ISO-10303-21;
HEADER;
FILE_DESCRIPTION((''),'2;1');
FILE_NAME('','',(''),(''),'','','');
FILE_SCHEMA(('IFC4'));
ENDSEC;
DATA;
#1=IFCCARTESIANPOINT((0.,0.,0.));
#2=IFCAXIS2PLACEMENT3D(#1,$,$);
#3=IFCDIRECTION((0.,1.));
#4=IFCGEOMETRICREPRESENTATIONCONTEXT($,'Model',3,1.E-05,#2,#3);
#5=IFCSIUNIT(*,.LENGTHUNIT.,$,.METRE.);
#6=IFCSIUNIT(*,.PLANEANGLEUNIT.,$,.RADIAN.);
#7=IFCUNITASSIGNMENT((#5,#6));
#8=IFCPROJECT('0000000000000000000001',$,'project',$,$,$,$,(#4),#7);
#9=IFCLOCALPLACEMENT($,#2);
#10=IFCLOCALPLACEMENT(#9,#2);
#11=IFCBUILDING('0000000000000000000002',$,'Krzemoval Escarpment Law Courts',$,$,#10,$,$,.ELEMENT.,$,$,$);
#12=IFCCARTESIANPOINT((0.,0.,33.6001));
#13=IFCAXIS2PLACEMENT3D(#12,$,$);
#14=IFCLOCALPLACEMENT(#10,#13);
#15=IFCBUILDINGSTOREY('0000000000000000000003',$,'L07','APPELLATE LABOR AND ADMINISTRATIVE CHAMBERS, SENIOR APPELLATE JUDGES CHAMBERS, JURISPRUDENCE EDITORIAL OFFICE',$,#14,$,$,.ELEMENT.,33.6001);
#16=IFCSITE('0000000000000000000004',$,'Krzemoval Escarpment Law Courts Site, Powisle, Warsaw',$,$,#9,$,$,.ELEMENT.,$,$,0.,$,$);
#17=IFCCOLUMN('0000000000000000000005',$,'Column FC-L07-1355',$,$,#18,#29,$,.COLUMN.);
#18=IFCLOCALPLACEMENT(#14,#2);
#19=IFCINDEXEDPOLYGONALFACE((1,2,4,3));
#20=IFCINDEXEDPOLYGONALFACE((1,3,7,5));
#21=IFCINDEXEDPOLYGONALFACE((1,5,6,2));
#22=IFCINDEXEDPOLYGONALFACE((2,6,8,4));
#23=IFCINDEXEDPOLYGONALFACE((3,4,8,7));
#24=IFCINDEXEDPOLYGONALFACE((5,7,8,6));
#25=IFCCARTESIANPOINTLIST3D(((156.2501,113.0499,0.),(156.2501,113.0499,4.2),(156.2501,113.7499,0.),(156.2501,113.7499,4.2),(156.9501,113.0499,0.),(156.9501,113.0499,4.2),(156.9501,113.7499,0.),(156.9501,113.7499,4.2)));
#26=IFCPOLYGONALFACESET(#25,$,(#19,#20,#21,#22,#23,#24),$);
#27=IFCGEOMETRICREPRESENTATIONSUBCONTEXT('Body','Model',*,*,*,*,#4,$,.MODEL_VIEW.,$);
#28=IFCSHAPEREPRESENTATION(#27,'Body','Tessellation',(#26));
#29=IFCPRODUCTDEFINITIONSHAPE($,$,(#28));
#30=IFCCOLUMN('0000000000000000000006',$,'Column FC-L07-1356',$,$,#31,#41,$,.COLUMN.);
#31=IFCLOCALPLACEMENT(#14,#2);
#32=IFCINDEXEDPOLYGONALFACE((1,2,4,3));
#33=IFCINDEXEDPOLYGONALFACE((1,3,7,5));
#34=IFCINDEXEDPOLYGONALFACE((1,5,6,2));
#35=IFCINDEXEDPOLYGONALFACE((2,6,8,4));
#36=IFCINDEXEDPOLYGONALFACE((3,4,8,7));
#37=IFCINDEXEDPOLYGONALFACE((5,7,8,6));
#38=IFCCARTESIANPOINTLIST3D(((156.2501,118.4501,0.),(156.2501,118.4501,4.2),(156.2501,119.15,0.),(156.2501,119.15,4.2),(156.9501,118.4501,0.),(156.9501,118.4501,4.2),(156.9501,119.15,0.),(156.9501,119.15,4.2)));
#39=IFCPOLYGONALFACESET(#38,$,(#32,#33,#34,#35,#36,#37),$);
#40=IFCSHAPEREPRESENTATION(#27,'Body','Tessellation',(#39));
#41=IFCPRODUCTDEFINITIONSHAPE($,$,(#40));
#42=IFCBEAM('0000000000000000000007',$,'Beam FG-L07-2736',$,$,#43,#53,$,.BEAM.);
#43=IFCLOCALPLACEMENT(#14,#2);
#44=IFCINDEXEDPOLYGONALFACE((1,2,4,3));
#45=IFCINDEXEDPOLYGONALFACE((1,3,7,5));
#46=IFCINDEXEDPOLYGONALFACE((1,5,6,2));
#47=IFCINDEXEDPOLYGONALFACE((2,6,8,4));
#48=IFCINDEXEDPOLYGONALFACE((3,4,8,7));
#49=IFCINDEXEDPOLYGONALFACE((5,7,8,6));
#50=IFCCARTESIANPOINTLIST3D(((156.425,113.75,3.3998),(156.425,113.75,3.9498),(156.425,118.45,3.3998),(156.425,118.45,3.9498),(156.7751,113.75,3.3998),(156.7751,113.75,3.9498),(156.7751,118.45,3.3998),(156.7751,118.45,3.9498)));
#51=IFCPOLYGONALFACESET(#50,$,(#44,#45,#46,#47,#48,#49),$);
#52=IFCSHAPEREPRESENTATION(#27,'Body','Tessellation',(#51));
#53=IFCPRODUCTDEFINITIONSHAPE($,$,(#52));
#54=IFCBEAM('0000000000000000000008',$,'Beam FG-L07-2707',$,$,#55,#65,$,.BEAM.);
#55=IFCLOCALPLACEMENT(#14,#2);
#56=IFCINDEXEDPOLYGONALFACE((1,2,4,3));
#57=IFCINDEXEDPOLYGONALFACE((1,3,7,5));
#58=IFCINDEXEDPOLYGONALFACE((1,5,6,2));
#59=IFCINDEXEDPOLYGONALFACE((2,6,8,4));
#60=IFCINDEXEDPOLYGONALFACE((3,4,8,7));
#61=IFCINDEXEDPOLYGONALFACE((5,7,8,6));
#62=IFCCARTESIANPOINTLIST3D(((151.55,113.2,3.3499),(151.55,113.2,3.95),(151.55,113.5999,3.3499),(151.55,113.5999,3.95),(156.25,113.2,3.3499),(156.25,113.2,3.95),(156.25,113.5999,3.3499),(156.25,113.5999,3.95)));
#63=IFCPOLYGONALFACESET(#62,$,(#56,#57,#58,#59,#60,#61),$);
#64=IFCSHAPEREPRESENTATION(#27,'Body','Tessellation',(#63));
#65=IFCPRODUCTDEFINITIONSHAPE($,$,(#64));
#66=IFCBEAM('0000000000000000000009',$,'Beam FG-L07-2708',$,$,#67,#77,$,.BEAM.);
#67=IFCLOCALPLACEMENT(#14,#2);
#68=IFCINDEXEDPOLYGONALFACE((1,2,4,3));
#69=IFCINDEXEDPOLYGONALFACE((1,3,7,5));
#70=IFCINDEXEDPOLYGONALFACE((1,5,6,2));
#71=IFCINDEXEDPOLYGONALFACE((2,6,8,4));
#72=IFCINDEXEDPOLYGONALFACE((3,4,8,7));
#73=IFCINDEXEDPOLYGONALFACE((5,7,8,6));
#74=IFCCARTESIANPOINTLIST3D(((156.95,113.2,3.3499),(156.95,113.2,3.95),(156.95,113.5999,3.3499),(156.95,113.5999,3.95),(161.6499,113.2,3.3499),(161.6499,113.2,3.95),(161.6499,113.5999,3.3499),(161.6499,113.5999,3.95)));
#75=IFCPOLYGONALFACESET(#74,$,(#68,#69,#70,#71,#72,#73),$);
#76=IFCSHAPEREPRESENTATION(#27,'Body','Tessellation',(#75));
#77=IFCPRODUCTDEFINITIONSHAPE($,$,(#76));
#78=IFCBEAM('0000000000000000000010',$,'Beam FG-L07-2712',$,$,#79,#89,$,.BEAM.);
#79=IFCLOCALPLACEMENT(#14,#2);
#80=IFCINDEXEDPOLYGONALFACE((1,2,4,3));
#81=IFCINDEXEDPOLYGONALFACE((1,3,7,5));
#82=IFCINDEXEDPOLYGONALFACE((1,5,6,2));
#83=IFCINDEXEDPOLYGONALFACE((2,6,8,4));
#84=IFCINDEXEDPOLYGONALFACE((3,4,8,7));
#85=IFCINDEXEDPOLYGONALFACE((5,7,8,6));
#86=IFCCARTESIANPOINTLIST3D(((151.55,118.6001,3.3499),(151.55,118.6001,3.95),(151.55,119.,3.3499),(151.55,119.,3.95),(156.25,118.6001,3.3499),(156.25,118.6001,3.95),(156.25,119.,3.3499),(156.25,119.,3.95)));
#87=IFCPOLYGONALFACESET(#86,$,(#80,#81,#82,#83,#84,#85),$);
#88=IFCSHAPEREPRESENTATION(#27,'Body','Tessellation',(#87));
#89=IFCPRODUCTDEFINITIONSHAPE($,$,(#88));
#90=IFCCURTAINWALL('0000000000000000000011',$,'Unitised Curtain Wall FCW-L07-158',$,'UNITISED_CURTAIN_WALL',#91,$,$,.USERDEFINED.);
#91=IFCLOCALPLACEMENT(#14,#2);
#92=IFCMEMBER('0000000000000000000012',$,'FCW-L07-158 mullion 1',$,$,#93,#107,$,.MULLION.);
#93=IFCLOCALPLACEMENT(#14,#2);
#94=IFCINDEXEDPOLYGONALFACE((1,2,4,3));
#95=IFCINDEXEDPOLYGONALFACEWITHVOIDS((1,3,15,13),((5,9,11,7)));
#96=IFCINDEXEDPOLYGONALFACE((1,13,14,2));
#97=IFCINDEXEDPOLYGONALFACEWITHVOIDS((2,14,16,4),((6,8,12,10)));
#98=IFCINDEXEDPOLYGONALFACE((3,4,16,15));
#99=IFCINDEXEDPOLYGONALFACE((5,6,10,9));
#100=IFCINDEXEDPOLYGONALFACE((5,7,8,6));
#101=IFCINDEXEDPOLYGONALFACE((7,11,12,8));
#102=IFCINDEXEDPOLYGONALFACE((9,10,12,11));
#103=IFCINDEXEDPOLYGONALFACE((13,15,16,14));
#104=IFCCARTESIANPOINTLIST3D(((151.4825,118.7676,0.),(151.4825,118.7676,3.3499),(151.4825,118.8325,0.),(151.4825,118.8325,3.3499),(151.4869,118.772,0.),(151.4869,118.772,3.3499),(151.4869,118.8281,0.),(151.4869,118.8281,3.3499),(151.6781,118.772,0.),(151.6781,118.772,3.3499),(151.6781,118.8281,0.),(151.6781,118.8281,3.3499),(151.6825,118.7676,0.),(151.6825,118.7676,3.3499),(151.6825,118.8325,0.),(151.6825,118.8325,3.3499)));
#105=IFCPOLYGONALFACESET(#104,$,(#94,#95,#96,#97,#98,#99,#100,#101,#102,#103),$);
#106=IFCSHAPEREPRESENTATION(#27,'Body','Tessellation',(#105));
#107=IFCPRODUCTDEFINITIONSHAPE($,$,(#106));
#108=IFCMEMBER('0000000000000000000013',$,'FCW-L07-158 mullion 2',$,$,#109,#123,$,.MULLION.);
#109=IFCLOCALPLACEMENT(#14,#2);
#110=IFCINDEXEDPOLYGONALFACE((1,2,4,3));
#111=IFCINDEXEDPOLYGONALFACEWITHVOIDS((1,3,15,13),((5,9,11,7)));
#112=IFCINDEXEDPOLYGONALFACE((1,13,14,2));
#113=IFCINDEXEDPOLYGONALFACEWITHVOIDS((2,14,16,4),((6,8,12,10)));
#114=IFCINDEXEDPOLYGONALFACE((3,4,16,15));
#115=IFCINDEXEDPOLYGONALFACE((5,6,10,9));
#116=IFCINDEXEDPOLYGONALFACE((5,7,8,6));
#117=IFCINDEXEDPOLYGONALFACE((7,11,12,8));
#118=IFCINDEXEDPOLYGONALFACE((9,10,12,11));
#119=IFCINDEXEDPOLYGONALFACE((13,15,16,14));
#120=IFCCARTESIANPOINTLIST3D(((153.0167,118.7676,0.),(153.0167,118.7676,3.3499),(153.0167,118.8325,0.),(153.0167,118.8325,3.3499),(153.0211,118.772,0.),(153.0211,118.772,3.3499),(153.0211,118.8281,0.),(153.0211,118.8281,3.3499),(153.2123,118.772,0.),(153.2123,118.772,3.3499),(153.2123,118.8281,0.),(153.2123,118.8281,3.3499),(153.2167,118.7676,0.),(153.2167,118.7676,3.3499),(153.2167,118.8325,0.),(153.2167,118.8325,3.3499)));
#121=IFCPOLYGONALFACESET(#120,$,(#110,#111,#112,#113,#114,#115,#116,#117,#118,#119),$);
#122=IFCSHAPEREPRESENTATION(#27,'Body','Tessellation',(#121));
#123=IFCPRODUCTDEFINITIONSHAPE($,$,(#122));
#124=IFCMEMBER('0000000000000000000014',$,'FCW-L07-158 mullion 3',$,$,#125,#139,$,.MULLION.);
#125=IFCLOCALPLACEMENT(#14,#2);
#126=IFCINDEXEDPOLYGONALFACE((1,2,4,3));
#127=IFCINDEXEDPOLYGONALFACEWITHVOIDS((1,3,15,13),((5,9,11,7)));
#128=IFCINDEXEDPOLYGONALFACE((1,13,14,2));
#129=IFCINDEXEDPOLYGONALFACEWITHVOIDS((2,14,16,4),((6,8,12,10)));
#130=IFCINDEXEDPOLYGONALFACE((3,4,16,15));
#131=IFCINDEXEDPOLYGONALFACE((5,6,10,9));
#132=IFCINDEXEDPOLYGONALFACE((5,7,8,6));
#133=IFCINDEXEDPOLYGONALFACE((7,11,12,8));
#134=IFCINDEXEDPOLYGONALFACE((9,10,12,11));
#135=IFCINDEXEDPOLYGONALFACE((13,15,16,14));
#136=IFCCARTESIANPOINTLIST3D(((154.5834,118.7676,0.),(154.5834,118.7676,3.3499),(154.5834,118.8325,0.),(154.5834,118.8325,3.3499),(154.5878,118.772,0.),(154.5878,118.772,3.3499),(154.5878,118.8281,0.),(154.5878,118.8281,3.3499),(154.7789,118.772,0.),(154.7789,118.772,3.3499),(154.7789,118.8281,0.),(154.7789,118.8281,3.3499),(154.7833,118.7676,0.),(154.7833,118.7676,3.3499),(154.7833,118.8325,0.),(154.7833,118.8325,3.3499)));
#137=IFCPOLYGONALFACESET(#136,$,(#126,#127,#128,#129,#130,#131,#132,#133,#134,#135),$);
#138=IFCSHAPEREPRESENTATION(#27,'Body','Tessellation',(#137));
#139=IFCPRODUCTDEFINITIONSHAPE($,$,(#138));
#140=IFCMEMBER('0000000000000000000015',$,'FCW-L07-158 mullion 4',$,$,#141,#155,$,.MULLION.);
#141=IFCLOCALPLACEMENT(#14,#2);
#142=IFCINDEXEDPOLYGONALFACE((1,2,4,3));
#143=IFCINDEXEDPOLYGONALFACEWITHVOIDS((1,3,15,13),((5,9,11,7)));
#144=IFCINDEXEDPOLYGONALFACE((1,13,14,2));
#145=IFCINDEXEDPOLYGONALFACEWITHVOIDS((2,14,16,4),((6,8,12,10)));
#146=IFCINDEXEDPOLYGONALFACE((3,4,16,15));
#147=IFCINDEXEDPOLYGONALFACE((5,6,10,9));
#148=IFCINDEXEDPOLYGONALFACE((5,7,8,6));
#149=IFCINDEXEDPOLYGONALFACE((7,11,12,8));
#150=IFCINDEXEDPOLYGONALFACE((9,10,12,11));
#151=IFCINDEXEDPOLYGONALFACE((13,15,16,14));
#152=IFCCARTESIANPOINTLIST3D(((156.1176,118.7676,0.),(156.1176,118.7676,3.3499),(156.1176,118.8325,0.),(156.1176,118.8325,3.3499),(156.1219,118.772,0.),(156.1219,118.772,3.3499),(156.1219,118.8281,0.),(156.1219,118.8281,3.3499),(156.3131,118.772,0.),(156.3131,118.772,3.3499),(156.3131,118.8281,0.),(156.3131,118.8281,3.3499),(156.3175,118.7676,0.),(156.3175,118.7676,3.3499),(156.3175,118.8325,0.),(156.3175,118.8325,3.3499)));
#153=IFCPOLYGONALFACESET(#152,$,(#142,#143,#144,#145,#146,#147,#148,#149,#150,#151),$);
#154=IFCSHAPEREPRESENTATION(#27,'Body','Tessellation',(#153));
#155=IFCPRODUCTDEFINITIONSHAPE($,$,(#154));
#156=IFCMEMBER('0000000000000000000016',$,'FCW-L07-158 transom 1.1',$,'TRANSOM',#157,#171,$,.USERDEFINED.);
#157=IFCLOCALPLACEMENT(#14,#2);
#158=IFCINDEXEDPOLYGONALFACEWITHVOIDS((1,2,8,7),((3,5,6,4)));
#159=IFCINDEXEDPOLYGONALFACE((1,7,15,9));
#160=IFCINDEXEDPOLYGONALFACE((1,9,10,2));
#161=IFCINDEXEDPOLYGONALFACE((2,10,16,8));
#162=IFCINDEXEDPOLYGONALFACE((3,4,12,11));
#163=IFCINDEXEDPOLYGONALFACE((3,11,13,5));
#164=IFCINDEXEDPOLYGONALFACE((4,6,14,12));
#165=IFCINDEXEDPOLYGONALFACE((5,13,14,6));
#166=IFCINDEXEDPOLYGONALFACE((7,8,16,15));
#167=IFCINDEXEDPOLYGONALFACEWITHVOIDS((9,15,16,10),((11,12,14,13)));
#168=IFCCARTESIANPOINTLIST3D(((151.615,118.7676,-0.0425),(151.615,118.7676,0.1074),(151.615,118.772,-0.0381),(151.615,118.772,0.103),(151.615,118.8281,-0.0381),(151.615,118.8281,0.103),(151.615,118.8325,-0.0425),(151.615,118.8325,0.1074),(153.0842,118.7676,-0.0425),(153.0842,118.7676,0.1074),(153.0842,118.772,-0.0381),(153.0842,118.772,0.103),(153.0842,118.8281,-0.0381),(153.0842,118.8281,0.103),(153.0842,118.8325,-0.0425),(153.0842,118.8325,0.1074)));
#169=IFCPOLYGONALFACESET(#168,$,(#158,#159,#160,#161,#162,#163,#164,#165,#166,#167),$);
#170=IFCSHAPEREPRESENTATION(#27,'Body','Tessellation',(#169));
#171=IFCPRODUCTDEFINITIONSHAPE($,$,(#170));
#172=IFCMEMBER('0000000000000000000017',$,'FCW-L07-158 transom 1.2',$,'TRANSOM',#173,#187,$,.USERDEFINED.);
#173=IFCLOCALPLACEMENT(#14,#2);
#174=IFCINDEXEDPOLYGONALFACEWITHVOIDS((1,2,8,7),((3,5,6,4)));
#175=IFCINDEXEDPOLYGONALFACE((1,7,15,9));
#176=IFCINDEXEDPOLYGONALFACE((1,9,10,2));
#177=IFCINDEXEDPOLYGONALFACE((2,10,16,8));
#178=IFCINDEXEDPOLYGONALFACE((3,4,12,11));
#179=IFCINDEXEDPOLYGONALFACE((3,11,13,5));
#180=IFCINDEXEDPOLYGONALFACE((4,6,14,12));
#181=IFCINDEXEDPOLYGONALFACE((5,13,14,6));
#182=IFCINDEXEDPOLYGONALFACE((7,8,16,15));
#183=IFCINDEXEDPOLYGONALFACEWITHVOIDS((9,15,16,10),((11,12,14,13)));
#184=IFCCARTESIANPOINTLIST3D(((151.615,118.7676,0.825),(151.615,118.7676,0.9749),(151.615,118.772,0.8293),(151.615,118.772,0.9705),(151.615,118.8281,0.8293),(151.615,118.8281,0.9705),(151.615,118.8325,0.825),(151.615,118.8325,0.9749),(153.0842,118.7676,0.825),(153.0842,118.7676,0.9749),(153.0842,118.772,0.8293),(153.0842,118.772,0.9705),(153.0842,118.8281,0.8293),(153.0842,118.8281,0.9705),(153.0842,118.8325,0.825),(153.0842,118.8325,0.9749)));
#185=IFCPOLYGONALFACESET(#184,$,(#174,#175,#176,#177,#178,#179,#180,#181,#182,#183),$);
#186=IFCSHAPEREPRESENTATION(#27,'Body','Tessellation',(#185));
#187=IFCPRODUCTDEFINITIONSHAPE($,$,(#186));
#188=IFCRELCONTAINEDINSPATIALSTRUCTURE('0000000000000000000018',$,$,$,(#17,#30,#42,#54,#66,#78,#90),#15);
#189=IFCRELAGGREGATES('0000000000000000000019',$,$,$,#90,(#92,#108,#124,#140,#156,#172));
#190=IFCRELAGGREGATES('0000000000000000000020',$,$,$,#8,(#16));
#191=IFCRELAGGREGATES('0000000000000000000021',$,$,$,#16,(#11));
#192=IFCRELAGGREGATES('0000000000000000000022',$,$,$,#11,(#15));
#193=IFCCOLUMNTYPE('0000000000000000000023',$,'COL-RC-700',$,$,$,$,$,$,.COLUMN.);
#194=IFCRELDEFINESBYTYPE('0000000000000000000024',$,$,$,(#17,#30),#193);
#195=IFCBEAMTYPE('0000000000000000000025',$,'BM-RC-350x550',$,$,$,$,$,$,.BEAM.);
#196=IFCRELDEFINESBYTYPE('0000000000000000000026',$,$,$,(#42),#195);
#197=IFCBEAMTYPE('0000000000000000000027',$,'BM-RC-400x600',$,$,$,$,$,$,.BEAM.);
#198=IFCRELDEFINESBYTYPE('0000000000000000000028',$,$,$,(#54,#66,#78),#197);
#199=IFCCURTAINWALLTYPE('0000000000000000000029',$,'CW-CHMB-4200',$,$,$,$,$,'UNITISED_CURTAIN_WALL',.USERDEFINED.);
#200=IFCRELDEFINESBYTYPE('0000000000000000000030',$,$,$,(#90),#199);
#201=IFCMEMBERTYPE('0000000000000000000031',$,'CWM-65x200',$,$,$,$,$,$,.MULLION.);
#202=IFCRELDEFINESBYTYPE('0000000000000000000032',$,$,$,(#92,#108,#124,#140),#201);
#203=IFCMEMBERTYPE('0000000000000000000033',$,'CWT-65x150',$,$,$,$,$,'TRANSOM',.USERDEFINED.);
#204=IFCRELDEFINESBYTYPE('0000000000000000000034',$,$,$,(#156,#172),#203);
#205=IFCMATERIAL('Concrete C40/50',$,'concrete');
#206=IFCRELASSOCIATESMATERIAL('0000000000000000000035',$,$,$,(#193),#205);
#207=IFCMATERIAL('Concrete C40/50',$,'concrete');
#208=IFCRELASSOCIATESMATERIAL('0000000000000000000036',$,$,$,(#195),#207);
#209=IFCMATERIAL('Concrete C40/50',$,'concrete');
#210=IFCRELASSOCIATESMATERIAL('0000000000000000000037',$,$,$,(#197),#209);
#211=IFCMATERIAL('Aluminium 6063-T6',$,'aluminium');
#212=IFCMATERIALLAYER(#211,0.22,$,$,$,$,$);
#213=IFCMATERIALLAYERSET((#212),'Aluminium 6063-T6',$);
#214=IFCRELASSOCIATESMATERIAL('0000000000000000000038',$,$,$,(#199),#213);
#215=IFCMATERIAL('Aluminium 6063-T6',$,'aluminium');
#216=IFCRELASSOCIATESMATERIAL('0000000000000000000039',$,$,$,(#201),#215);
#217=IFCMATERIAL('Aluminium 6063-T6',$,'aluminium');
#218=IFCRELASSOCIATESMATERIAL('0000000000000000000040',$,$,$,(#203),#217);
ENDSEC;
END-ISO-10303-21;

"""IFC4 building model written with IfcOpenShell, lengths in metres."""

from ifc_helpers import new_model, si_unit, direction, frame, origin, origin_2d, place, context, subcontext, project, spatial, rectangle, hollow_rectangle, extrude, material, layer, layer_set, material_profile, profile_set, type_object, element, aggregate, save


model = new_model("IFC4")

# Units and contexts
model_context = context("Model", 3, precision=1e-05, world=origin(), true_north=direction((0.0, 1.0)))
body_context = subcontext(model_context, "Body", "Model", "MODEL_VIEW")
ifc_project = project(units=[si_unit("LENGTHUNIT", "METRE"), si_unit("PLANEANGLEUNIT", "RADIAN")], contexts=[model_context])

# Site, building, storey
site_placement = place(None, origin())
site = spatial("IfcSite", under=ifc_project, at=site_placement, Name="Krzemoval Escarpment Law Courts Site, Powisle, Warsaw", CompositionType="ELEMENT", RefElevation=0.0)
building_placement = place(site_placement, origin())
building = spatial("IfcBuilding", under=site, at=building_placement, Name="Krzemoval Escarpment Law Courts", CompositionType="ELEMENT")
storey_placement = place(building_placement, frame((0.0, 0.0, 33.6001)))
storey = spatial("IfcBuildingStorey", under=building, at=storey_placement, Name="L07", Description="APPELLATE LABOR AND ADMINISTRATIVE CHAMBERS, SENIOR APPELLATE JUDGES CHAMBERS, JURISPRUDENCE EDITORIAL OFFICE", CompositionType="ELEMENT", Elevation=33.6001)

# Columns
ifc_material_1 = material(Name="Concrete C40/50", Category="concrete")
ifc_material_profile_1 = material_profile(ifc_material_1, rectangle(XDim=0.7, YDim=0.7, at=origin_2d()), Name="RC 700x700")
ifc_profile_set_1 = profile_set([ifc_material_profile_1], Name="Concrete C40/50")
column_type = type_object("IfcColumnType", Name="COL-RC-700", PredefinedType="COLUMN", material=ifc_profile_set_1)
for number, where, z_axis, x_axis, name in (
    (1, (156.6001, 113.3999, 0.0), (0.0, 0.0, 1.0), (1.0, 0.0, 0.0), "Column FC-L07-1355"),
    (2, (156.6001, 118.8, 0.0), (0.0, 0.0, 1.0), (1.0, 0.0, 0.0), "Column FC-L07-1356"),
):
    element("IfcColumn", number, at=place(storey_placement, frame(where, z_axis=z_axis, x_axis=x_axis)), inside=storey, type_object=column_type, Name=name, PredefinedType="COLUMN", context=body_context, shape_type="SweptSolid", body=[
        extrude(rectangle(XDim=0.7, YDim=0.7, at=origin_2d()), origin(), (0.0, 0.0, 1.0), 4.2),
    ])

# Beams
ifc_material_2 = material(Name="Concrete C40/50", Category="concrete")
ifc_material_profile_2 = material_profile(ifc_material_2, rectangle(XDim=0.3501, YDim=0.55, at=origin_2d()), Name="RCB 350x550")
ifc_profile_set_2 = profile_set([ifc_material_profile_2], Name="Concrete C40/50")
beam_type_1 = type_object("IfcBeamType", Name="BM-RC-350x550", PredefinedType="BEAM", material=ifc_profile_set_2)
beam_placement = place(storey_placement, frame((156.6001, 113.75, 3.6748), z_axis=(0.0, 1.0, 0.0), x_axis=(-1.0, 0.0, 0.0)))
element("IfcBeam", 3, at=beam_placement, inside=storey, type_object=beam_type_1, Name="Beam FG-L07-2736", PredefinedType="BEAM", context=body_context, shape_type="SweptSolid", body=[
    extrude(rectangle(XDim=0.3501, YDim=0.55, at=origin_2d()), origin(), (0.0, 0.0, 1.0), 4.7),
])
ifc_material_3 = material(Name="Concrete C40/50", Category="concrete")
ifc_material_profile_3 = material_profile(ifc_material_3, rectangle(XDim=0.3999, YDim=0.6001, at=origin_2d()), Name="RCB 400x600")
ifc_profile_set_3 = profile_set([ifc_material_profile_3], Name="Concrete C40/50")
beam_type_2 = type_object("IfcBeamType", Name="BM-RC-400x600", PredefinedType="BEAM", material=ifc_profile_set_3)
for number, where, z_axis, x_axis, name in (
    (4, (151.55, 113.3999, 3.6499), (1.0, 0.0, 0.0), (0.0, 1.0, 0.0), "Beam FG-L07-2707"),
    (5, (156.95, 113.3999, 3.6499), (1.0, 0.0, 0.0), (0.0, 1.0, 0.0), "Beam FG-L07-2708"),
    (6, (151.55, 118.8, 3.6499), (1.0, 0.0, 0.0), (0.0, 1.0, 0.0), "Beam FG-L07-2712"),
):
    element("IfcBeam", number, at=place(storey_placement, frame(where, z_axis=z_axis, x_axis=x_axis)), inside=storey, type_object=beam_type_2, Name=name, PredefinedType="BEAM", context=body_context, shape_type="SweptSolid", body=[
        extrude(rectangle(XDim=0.3999, YDim=0.6001, at=origin_2d()), origin(), (0.0, 0.0, 1.0), 4.7),
    ])

# Curtain wall, members
ifc_material_4 = material(Name="Aluminium 6063-T6", Category="aluminium")
ifc_layer_1 = layer(ifc_material_4, 0.22)
ifc_layer_set_1 = layer_set([ifc_layer_1], Name="Aluminium 6063-T6")
curtain_wall_type = type_object("IfcCurtainWallType", Name="CW-CHMB-4200", ElementType="UNITISED_CURTAIN_WALL", PredefinedType="USERDEFINED", material=ifc_layer_set_1)
curtain_wall_placement = place(storey_placement, origin())
curtain_wall = element("IfcCurtainWall", 7, at=curtain_wall_placement, inside=storey, type_object=curtain_wall_type, Name="Unitised Curtain Wall FCW-L07-158", ObjectType="UNITISED_CURTAIN_WALL", PredefinedType="USERDEFINED")
ifc_material_5 = material(Name="Aluminium 6063-T6", Category="aluminium")
ifc_material_profile_4 = material_profile(ifc_material_5, hollow_rectangle(XDim=0.0649, YDim=0.2, WallThickness=0.0044, at=origin_2d()), Name="ALU M65x200")
ifc_profile_set_4 = profile_set([ifc_material_profile_4], Name="Aluminium 6063-T6")
member_type_1 = type_object("IfcMemberType", Name="CWM-65x200", PredefinedType="MULLION", material=ifc_profile_set_4)
member_1_placement = place(storey_placement, frame((151.5825, 118.8, 0.0), z_axis=(0.0, 0.0, 1.0), x_axis=(0.0, 1.0, 0.0)))
member_1 = element("IfcMember", 8, at=member_1_placement, type_object=member_type_1, Name="FCW-L07-158 mullion 1", PredefinedType="MULLION", context=body_context, shape_type="SweptSolid", body=[
    extrude(hollow_rectangle(XDim=0.0649, YDim=0.2, WallThickness=0.0044, at=origin_2d()), origin(), (0.0, 0.0, 1.0), 3.3499),
])
member_2_placement = place(storey_placement, frame((153.1167, 118.8, 0.0), z_axis=(0.0, 0.0, 1.0), x_axis=(0.0, 1.0, 0.0)))
member_2 = element("IfcMember", 9, at=member_2_placement, type_object=member_type_1, Name="FCW-L07-158 mullion 2", PredefinedType="MULLION", context=body_context, shape_type="SweptSolid", body=[
    extrude(hollow_rectangle(XDim=0.0649, YDim=0.2, WallThickness=0.0044, at=origin_2d()), origin(), (0.0, 0.0, 1.0), 3.3499),
])
member_3_placement = place(storey_placement, frame((154.6833, 118.8, 0.0), z_axis=(0.0, 0.0, 1.0), x_axis=(0.0, 1.0, 0.0)))
member_3 = element("IfcMember", 10, at=member_3_placement, type_object=member_type_1, Name="FCW-L07-158 mullion 3", PredefinedType="MULLION", context=body_context, shape_type="SweptSolid", body=[
    extrude(hollow_rectangle(XDim=0.0649, YDim=0.2, WallThickness=0.0044, at=origin_2d()), origin(), (0.0, 0.0, 1.0), 3.3499),
])
member_4_placement = place(storey_placement, frame((156.2175, 118.8, 0.0), z_axis=(0.0, 0.0, 1.0), x_axis=(0.0, 1.0, 0.0)))
member_4 = element("IfcMember", 11, at=member_4_placement, type_object=member_type_1, Name="FCW-L07-158 mullion 4", PredefinedType="MULLION", context=body_context, shape_type="SweptSolid", body=[
    extrude(hollow_rectangle(XDim=0.0649, YDim=0.2, WallThickness=0.0044, at=origin_2d()), origin(), (0.0, 0.0, 1.0), 3.3499),
])
ifc_material_6 = material(Name="Aluminium 6063-T6", Category="aluminium")
ifc_material_profile_5 = material_profile(ifc_material_6, hollow_rectangle(XDim=0.0649, YDim=0.1499, WallThickness=0.0044, at=origin_2d()), Name="ALU T65x150")
ifc_profile_set_5 = profile_set([ifc_material_profile_5], Name="Aluminium 6063-T6")
member_type_2 = type_object("IfcMemberType", Name="CWT-65x150", ElementType="TRANSOM", PredefinedType="USERDEFINED", material=ifc_profile_set_5)
member_5_placement = place(storey_placement, frame((151.615, 118.8, 0.0325), z_axis=(1.0, 0.0, 0.0), x_axis=(0.0, 1.0, 0.0)))
member_5 = element("IfcMember", 12, at=member_5_placement, type_object=member_type_2, Name="FCW-L07-158 transom 1.1", ObjectType="TRANSOM", PredefinedType="USERDEFINED", context=body_context, shape_type="SweptSolid", body=[
    extrude(hollow_rectangle(XDim=0.0649, YDim=0.1499, WallThickness=0.0044, at=origin_2d()), origin(), (0.0, 0.0, 1.0), 1.4692),
])
member_6_placement = place(storey_placement, frame((151.615, 118.8, 0.8999), z_axis=(1.0, 0.0, 0.0), x_axis=(0.0, 1.0, 0.0)))
member_6 = element("IfcMember", 13, at=member_6_placement, type_object=member_type_2, Name="FCW-L07-158 transom 1.2", ObjectType="TRANSOM", PredefinedType="USERDEFINED", context=body_context, shape_type="SweptSolid", body=[
    extrude(hollow_rectangle(XDim=0.0649, YDim=0.1499, WallThickness=0.0044, at=origin_2d()), origin(), (0.0, 0.0, 1.0), 1.4692),
])
aggregate(curtain_wall, [member_1, member_2, member_3, member_4, member_5, member_6])

save(model, "model.ifc")
